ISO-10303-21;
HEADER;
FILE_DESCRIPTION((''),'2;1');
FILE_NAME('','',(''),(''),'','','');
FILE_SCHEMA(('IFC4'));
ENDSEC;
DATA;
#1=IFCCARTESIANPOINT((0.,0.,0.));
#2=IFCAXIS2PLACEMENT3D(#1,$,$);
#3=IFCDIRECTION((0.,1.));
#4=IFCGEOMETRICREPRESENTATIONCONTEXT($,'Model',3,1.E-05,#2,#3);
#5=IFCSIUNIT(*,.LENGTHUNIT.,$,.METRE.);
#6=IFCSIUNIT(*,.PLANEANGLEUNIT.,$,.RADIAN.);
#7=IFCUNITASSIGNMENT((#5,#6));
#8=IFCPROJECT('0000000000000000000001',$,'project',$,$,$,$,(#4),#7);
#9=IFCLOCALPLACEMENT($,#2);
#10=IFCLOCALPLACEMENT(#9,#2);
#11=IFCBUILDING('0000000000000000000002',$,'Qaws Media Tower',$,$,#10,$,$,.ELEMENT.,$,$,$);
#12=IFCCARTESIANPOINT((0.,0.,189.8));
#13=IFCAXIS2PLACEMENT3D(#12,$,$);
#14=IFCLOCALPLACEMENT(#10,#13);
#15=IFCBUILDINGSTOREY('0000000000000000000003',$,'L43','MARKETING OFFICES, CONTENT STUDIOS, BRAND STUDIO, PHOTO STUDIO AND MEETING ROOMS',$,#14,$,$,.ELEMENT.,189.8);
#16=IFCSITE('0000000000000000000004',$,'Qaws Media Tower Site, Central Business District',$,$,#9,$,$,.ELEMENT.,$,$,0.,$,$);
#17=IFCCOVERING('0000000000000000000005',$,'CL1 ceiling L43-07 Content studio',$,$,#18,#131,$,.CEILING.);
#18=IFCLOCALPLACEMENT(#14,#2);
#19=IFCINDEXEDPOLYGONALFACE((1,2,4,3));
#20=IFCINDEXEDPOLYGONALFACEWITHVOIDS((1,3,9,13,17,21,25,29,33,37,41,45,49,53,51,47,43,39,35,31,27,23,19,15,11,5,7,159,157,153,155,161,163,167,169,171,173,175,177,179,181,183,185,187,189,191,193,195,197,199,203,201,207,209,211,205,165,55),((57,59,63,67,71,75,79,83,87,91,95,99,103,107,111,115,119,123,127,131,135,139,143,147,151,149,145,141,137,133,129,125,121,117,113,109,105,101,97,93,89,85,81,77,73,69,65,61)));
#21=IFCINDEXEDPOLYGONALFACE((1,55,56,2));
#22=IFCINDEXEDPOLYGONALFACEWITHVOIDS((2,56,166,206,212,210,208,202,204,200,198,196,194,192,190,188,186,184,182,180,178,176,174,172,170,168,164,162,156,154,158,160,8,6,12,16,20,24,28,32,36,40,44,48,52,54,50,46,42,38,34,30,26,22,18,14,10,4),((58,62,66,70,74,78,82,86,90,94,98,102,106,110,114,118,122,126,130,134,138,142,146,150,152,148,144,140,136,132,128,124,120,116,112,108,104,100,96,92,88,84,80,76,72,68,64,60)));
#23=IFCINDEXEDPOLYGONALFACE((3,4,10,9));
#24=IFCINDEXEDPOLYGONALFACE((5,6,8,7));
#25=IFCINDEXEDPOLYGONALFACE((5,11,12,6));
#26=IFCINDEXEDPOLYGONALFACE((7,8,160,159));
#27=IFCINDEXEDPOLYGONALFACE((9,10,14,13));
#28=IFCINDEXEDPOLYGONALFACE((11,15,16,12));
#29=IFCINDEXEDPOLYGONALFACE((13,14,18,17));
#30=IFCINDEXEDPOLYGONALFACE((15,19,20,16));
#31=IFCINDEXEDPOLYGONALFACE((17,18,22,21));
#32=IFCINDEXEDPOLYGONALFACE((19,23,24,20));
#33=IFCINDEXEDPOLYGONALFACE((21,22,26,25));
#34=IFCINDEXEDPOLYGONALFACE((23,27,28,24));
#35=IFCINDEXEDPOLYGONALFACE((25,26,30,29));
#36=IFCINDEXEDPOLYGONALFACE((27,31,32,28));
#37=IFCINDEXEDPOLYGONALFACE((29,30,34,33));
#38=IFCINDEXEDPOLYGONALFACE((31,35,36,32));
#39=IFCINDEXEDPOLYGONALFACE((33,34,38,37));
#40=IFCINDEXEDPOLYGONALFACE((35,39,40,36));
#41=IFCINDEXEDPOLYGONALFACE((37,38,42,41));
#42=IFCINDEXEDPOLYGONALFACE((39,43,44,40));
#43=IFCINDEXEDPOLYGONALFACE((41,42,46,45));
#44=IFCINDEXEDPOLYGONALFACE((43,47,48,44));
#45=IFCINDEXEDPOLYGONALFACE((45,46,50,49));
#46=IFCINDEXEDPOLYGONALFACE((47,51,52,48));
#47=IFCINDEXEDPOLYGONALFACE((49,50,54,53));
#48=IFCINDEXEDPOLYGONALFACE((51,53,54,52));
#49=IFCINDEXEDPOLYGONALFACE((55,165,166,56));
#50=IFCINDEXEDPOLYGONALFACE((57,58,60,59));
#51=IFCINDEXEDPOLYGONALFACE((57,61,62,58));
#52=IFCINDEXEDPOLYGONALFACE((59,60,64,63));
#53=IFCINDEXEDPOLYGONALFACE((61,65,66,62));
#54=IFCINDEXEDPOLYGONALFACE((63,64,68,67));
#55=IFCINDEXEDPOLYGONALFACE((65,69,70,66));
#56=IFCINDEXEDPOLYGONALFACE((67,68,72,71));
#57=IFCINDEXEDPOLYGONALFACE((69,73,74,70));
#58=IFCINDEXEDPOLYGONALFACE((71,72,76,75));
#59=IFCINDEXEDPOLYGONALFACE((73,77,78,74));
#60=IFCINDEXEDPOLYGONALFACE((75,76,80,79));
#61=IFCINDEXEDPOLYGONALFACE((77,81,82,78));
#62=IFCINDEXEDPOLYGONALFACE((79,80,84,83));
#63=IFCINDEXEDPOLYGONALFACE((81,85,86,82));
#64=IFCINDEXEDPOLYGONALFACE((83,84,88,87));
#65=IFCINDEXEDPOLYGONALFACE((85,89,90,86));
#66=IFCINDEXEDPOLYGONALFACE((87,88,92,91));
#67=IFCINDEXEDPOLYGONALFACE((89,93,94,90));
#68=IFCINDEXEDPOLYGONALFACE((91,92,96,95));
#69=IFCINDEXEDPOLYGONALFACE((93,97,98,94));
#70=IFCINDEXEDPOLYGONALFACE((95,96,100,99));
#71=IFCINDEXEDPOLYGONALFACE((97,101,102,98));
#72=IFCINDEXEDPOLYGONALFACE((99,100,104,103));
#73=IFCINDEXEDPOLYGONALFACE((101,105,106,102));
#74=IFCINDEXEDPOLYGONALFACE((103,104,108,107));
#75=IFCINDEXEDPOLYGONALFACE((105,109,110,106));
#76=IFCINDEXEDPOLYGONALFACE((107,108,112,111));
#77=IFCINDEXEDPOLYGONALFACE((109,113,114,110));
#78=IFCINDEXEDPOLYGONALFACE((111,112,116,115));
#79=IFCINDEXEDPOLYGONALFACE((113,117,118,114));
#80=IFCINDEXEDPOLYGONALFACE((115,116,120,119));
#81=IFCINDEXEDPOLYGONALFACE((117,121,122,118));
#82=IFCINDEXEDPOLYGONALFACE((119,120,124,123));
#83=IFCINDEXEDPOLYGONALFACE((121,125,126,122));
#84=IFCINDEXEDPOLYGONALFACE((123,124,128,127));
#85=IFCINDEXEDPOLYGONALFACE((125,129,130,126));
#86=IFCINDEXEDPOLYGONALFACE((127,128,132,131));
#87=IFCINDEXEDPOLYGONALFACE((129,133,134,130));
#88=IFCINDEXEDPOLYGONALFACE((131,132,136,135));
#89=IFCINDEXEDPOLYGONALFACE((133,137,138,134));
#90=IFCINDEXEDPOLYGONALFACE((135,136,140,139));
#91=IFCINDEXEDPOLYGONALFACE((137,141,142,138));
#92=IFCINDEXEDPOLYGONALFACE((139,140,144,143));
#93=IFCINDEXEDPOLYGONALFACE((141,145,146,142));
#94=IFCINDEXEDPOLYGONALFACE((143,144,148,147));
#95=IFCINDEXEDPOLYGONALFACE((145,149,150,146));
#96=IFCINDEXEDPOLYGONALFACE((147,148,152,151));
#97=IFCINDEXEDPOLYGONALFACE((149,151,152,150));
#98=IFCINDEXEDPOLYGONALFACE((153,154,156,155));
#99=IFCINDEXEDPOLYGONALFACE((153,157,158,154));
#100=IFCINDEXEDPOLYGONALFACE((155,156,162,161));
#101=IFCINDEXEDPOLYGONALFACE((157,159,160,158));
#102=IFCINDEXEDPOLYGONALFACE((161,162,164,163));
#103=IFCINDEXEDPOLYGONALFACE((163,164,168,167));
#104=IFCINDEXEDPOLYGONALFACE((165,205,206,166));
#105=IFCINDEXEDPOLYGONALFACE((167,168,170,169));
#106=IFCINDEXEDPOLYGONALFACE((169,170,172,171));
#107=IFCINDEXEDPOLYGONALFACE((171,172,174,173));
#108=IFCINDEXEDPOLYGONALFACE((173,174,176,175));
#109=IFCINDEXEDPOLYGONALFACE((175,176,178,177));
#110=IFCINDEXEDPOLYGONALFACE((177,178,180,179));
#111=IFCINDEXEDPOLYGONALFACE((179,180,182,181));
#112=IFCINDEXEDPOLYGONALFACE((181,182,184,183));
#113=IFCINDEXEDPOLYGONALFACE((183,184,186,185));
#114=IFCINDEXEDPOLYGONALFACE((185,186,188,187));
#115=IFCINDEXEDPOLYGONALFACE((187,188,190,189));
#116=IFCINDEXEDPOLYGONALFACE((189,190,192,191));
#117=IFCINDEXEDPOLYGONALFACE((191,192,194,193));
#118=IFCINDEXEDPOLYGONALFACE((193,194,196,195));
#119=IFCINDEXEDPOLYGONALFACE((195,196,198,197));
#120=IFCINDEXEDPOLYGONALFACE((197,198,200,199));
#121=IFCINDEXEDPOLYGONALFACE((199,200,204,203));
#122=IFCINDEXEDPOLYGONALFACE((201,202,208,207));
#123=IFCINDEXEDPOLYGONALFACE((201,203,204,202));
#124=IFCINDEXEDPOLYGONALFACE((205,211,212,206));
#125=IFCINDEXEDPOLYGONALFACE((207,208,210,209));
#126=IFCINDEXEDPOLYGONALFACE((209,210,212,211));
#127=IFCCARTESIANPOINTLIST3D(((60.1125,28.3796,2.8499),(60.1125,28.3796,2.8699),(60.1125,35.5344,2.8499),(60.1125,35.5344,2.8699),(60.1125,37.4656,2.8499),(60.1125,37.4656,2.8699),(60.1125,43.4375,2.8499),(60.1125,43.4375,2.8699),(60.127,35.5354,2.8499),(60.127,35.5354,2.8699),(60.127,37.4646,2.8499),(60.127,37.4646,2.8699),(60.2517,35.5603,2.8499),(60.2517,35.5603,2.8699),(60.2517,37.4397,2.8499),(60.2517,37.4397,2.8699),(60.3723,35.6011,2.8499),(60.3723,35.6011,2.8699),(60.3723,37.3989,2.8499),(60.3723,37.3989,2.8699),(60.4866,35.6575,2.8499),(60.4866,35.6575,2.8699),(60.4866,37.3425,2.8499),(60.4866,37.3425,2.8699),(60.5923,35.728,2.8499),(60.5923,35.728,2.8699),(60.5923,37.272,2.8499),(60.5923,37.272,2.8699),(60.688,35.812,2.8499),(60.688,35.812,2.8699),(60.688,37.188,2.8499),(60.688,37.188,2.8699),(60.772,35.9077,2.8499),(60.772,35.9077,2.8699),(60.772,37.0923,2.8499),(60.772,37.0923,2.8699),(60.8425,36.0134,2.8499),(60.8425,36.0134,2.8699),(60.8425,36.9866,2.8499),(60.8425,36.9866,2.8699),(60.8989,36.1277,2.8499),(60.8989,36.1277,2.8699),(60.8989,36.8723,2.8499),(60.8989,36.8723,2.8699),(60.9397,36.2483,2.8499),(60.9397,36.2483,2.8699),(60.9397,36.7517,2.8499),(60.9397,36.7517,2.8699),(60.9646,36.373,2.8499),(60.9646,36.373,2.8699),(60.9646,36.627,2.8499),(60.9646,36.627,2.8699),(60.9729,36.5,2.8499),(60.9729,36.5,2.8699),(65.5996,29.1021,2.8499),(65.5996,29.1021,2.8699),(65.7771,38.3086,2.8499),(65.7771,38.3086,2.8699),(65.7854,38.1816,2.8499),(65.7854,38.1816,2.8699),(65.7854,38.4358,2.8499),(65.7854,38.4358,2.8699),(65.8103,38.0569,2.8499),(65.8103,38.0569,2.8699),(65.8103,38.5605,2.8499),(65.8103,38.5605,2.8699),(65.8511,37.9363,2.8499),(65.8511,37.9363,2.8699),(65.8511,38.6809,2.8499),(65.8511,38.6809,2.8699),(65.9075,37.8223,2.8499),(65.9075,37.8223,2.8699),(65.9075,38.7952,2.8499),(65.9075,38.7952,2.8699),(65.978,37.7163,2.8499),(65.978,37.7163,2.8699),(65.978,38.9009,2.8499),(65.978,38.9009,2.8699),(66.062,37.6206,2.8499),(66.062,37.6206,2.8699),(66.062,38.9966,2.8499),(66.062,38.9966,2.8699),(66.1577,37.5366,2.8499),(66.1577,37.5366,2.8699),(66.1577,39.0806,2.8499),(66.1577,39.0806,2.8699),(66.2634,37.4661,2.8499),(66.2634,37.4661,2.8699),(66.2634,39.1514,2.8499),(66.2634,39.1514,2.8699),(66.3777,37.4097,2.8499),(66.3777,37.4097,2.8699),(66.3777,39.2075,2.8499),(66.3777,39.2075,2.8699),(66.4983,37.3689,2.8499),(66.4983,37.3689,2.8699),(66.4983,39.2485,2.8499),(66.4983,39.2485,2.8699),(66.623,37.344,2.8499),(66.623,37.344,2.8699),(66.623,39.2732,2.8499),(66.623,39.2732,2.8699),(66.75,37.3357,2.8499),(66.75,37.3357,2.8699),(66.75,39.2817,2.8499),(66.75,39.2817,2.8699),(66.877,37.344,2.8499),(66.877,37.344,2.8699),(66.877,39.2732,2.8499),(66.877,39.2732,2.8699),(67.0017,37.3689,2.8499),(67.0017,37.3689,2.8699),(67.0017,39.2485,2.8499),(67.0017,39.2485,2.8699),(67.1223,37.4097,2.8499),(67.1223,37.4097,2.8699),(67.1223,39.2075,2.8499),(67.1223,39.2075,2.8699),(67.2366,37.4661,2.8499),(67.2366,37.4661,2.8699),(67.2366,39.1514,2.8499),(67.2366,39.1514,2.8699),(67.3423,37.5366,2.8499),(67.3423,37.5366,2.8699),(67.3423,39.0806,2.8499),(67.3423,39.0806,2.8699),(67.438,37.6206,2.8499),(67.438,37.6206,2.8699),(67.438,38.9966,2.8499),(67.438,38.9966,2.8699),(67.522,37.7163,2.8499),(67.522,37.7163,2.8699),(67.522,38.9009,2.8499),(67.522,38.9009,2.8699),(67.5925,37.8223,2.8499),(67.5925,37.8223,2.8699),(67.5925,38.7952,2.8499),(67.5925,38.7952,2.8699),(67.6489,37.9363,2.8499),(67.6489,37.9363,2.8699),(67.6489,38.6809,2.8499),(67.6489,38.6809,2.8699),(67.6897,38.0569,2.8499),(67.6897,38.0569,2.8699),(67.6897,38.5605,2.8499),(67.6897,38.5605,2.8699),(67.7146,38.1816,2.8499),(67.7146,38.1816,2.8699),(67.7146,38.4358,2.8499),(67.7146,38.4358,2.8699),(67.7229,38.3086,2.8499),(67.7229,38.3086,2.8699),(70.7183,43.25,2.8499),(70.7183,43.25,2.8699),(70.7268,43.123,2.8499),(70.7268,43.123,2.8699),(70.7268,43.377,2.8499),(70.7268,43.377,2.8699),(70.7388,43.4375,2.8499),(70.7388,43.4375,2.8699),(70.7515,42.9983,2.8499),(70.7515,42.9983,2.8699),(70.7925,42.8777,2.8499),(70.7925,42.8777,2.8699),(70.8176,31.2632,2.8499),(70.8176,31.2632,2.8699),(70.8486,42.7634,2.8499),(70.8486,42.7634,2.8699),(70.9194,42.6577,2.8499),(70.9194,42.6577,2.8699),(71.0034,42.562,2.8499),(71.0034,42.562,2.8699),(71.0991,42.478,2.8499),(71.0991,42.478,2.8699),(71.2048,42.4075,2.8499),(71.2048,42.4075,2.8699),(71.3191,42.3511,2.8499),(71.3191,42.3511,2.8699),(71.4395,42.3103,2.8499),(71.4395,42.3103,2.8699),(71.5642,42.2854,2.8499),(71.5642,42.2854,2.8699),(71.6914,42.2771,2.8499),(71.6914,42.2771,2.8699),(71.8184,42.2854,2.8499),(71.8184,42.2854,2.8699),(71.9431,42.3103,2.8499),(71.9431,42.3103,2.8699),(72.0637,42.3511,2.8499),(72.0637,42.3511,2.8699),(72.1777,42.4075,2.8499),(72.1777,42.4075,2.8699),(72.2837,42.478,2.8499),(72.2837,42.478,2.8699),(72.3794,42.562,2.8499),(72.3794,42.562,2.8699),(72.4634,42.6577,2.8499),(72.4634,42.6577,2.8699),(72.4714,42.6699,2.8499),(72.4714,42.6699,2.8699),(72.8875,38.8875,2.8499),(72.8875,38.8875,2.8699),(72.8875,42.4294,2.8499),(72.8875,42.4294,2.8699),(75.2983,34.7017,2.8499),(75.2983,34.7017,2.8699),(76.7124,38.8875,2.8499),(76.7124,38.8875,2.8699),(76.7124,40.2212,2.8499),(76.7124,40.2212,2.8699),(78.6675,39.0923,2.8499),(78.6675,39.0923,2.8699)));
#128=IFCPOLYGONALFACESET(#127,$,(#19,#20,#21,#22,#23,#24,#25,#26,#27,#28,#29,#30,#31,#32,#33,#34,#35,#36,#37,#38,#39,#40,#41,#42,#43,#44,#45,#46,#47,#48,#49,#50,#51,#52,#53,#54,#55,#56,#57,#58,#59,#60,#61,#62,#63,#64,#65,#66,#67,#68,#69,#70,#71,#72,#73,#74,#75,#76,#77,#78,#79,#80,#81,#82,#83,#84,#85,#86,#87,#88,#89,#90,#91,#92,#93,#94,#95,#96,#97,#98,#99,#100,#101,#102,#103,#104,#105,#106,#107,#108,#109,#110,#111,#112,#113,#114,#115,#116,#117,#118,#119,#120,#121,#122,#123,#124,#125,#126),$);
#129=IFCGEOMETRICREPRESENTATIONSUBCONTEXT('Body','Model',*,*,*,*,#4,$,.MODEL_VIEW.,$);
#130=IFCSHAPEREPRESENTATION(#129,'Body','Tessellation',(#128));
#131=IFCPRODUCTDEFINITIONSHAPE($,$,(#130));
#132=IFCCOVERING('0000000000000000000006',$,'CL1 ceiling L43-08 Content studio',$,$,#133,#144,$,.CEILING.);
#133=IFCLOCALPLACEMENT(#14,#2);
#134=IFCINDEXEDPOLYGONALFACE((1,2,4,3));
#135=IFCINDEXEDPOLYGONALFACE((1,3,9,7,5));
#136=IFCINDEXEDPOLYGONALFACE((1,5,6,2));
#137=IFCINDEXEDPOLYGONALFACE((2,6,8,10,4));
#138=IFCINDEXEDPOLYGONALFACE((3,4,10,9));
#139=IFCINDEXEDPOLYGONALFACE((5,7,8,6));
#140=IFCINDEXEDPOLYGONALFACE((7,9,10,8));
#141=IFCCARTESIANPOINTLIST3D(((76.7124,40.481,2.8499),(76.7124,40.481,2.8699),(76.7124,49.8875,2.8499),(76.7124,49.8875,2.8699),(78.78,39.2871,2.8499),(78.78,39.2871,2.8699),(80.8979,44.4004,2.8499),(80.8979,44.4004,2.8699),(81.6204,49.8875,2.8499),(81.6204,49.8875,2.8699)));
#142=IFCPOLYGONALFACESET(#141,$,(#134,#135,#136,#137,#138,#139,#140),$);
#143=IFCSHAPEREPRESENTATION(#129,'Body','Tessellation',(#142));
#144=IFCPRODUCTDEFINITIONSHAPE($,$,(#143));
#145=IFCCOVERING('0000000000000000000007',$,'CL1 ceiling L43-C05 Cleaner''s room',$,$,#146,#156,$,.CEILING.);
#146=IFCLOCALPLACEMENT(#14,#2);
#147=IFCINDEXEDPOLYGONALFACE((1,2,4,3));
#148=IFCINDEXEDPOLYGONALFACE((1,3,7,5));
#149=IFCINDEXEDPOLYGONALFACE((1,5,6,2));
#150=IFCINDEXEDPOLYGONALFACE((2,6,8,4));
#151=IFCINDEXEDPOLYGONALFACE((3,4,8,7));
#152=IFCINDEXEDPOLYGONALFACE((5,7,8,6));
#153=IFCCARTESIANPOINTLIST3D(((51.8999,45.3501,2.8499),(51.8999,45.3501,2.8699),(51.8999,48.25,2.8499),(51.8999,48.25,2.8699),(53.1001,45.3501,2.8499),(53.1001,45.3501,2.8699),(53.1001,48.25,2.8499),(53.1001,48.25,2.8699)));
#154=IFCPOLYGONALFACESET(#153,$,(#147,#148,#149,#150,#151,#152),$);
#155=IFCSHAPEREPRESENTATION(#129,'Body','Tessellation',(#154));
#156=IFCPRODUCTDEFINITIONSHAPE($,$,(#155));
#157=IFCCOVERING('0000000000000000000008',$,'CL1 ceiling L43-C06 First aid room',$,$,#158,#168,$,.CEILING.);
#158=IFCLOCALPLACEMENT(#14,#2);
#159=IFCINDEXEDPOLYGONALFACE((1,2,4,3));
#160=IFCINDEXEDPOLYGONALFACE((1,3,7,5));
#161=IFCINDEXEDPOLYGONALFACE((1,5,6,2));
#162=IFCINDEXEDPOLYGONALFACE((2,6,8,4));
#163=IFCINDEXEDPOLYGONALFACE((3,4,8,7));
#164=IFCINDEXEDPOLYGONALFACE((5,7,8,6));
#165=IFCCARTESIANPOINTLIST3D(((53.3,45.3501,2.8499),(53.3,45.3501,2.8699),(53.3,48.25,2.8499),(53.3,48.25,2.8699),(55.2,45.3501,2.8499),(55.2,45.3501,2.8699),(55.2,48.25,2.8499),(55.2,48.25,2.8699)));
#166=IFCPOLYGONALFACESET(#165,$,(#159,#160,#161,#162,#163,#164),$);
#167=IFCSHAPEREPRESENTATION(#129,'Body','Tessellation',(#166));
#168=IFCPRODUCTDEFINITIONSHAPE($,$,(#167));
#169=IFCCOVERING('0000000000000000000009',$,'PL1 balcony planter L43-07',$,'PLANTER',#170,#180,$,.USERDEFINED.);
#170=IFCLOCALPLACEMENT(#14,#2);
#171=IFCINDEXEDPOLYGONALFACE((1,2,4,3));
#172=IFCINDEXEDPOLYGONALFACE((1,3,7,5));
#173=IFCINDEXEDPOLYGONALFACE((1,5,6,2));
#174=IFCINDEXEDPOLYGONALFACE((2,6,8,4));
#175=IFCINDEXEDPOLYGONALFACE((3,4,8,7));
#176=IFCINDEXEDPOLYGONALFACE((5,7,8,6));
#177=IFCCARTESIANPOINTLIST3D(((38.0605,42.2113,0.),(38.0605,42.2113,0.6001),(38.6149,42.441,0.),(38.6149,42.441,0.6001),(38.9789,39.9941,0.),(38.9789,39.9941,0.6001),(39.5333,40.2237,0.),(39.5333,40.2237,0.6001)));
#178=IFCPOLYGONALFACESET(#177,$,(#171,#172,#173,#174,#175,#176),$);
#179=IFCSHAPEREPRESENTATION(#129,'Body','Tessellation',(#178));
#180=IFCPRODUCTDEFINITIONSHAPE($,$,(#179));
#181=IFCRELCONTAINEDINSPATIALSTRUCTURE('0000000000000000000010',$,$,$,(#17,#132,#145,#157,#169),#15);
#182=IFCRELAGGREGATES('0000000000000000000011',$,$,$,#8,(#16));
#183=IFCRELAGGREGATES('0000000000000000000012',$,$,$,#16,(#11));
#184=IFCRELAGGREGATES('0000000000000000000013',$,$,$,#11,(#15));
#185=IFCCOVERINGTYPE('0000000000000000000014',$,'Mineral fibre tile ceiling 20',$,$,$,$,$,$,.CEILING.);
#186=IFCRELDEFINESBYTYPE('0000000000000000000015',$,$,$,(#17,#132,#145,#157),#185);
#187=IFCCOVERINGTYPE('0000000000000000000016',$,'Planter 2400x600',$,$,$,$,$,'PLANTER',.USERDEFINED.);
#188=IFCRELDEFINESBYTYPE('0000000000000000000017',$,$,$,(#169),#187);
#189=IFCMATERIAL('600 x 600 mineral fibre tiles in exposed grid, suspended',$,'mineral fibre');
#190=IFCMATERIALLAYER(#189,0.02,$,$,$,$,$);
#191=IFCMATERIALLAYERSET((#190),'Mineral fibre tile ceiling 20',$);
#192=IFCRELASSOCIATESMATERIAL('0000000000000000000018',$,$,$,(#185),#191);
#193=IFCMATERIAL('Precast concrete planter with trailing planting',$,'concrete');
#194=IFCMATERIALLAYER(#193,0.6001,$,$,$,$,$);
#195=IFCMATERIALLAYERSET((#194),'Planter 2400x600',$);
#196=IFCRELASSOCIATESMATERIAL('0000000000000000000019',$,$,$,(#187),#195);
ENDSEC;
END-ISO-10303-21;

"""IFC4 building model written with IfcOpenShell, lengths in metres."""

from ifc_helpers import new_model, si_unit, direction, frame, origin, origin_2d, place, context, subcontext, project, spatial, polyline, rectangle, outline, extrude, material, layer, layer_set, type_object, element, save


model = new_model("IFC4")

# Units and contexts
model_context = context("Model", 3, precision=1e-05, world=origin(), true_north=direction((0.0, 1.0)))
body_context = subcontext(model_context, "Body", "Model", "MODEL_VIEW")
ifc_project = project(units=[si_unit("LENGTHUNIT", "METRE"), si_unit("PLANEANGLEUNIT", "RADIAN")], contexts=[model_context])

# Site, building, storey
site_placement = place(None, origin())
site = spatial("IfcSite", under=ifc_project, at=site_placement, Name="Qaws Media Tower Site, Central Business District", CompositionType="ELEMENT", RefElevation=0.0)
building_placement = place(site_placement, origin())
building = spatial("IfcBuilding", under=site, at=building_placement, Name="Qaws Media Tower", CompositionType="ELEMENT")
storey_placement = place(building_placement, frame((0.0, 0.0, 189.8)))
storey = spatial("IfcBuildingStorey", under=building, at=storey_placement, Name="L43", Description="MARKETING OFFICES, CONTENT STUDIOS, BRAND STUDIO, PHOTO STUDIO AND MEETING ROOMS", CompositionType="ELEMENT", Elevation=189.8)

# Coverings
ifc_material_1 = material(Name="600 x 600 mineral fibre tiles in exposed grid, suspended", Category="mineral fibre")
ifc_layer_1 = layer(ifc_material_1, 0.02)
ifc_layer_set_1 = layer_set([ifc_layer_1], Name="Mineral fibre tile ceiling 20")
covering_type_1 = type_object("IfcCoveringType", Name="Mineral fibre tile ceiling 20", PredefinedType="CEILING", material=ifc_layer_set_1)
covering_1_placement = place(storey_placement, frame((0.0, 0.0, 2.8499)))
element("IfcCovering", 1, at=covering_1_placement, inside=storey, type_object=covering_type_1, Name="CL1 ceiling L43-07 Content studio", PredefinedType="CEILING", context=body_context, shape_type="SweptSolid", body=[
    extrude(outline(polyline([(72.8875, 38.8875), (76.7124, 38.8875), (76.7124, 40.2212), (78.6675, 39.0923), (75.2983, 34.7017), (70.8176, 31.2632), (65.5996, 29.1021), (60.1125, 28.3796), (60.1125, 35.5344), (60.127, 35.5354), (60.2517, 35.5603), (60.3723, 35.6011), (60.4866, 35.6575), (60.5923, 35.728), (60.688, 35.812), (60.772, 35.9077), (60.8425, 36.0134), (60.8989, 36.1277), (60.9397, 36.2483), (60.9646, 36.373), (60.9729, 36.5), (60.9646, 36.627), (60.9397, 36.7517), (60.8989, 36.8723), (60.8425, 36.9866), (60.772, 37.0923), (60.688, 37.188), (60.5923, 37.272), (60.4866, 37.3425), (60.3723, 37.3989), (60.2517, 37.4397), (60.127, 37.4646), (60.1125, 37.4656), (60.1125, 43.4375), (70.7388, 43.4375), (70.7268, 43.377), (70.7183, 43.25), (70.7268, 43.123), (70.7515, 42.9983), (70.7925, 42.8777), (70.8486, 42.7634), (70.9194, 42.6577), (71.0034, 42.562), (71.0991, 42.478), (71.2048, 42.4075), (71.3191, 42.3511), (71.4395, 42.3103), (71.5642, 42.2854), (71.6914, 42.2771), (71.8184, 42.2854), (71.9431, 42.3103), (72.0637, 42.3511), (72.1777, 42.4075), (72.2837, 42.478), (72.3794, 42.562), (72.4634, 42.6577), (72.4714, 42.6699), (72.8875, 42.4294), (72.8875, 38.8875)]), holes=[polyline([(67.6489, 37.9363), (67.6897, 38.0569), (67.7146, 38.1816), (67.7229, 38.3086), (67.7146, 38.4358), (67.6897, 38.5605), (67.6489, 38.6809), (67.5925, 38.7952), (67.522, 38.9009), (67.438, 38.9966), (67.3423, 39.0806), (67.2366, 39.1514), (67.1223, 39.2075), (67.0017, 39.2485), (66.877, 39.2732), (66.75, 39.2817), (66.623, 39.2732), (66.4983, 39.2485), (66.3777, 39.2075), (66.2634, 39.1514), (66.1577, 39.0806), (66.062, 38.9966), (65.978, 38.9009), (65.9075, 38.7952), (65.8511, 38.6809), (65.8103, 38.5605), (65.7854, 38.4358), (65.7771, 38.3086), (65.7854, 38.1816), (65.8103, 38.0569), (65.8511, 37.9363), (65.9075, 37.8223), (65.978, 37.7163), (66.062, 37.6206), (66.1577, 37.5366), (66.2634, 37.4661), (66.3777, 37.4097), (66.4983, 37.3689), (66.623, 37.344), (66.75, 37.3357), (66.877, 37.344), (67.0017, 37.3689), (67.1223, 37.4097), (67.2366, 37.4661), (67.3423, 37.5366), (67.438, 37.6206), (67.522, 37.7163), (67.5925, 37.8223), (67.6489, 37.9363)])]), origin(), (0.0, 0.0, 1.0), 0.02),
])
covering_2_placement = place(storey_placement, frame((0.0, 0.0, 2.8499)))
element("IfcCovering", 2, at=covering_2_placement, inside=storey, type_object=covering_type_1, Name="CL1 ceiling L43-08 Content studio", PredefinedType="CEILING", context=body_context, shape_type="SweptSolid", body=[
    extrude(outline(polyline([(80.8979, 44.4004), (78.78, 39.2871), (76.7124, 40.481), (76.7124, 49.8875), (81.6204, 49.8875), (80.8979, 44.4004)])), origin(), (0.0, 0.0, 1.0), 0.02),
])
covering_3_placement = place(storey_placement, frame((0.0, 0.0, 2.8499)))
element("IfcCovering", 3, at=covering_3_placement, inside=storey, type_object=covering_type_1, Name="CL1 ceiling L43-C05 Cleaner's room", PredefinedType="CEILING", context=body_context, shape_type="SweptSolid", body=[
    extrude(outline(polyline([(51.8999, 45.3501), (51.8999, 48.25), (53.1001, 48.25), (53.1001, 45.3501), (51.8999, 45.3501)])), origin(), (0.0, 0.0, 1.0), 0.02),
])
covering_4_placement = place(storey_placement, frame((0.0, 0.0, 2.8499)))
element("IfcCovering", 4, at=covering_4_placement, inside=storey, type_object=covering_type_1, Name="CL1 ceiling L43-C06 First aid room", PredefinedType="CEILING", context=body_context, shape_type="SweptSolid", body=[
    extrude(outline(polyline([(53.3, 45.3501), (53.3, 48.25), (55.2, 48.25), (55.2, 45.3501), (53.3, 45.3501)])), origin(), (0.0, 0.0, 1.0), 0.02),
])
ifc_material_2 = material(Name="Precast concrete planter with trailing planting", Category="concrete")
ifc_layer_2 = layer(ifc_material_2, 0.6001)
ifc_layer_set_2 = layer_set([ifc_layer_2], Name="Planter 2400x600")
covering_type_2 = type_object("IfcCoveringType", Name="Planter 2400x600", ElementType="PLANTER", PredefinedType="USERDEFINED", material=ifc_layer_set_2)
covering_5_placement = place(storey_placement, frame((38.7969, 41.2175, 0.0), z_axis=(0.0, 0.0, 1.0), x_axis=(0.382683, -0.92388, 0.0)))
element("IfcCovering", 5, at=covering_5_placement, inside=storey, type_object=covering_type_2, Name="PL1 balcony planter L43-07", ObjectType="PLANTER", PredefinedType="USERDEFINED", context=body_context, shape_type="SweptSolid", body=[
    extrude(rectangle(XDim=2.3999, YDim=0.6001, at=origin_2d()), origin(), (0.0, 0.0, 1.0), 0.6001),
])

save(model, "model.ifc")
